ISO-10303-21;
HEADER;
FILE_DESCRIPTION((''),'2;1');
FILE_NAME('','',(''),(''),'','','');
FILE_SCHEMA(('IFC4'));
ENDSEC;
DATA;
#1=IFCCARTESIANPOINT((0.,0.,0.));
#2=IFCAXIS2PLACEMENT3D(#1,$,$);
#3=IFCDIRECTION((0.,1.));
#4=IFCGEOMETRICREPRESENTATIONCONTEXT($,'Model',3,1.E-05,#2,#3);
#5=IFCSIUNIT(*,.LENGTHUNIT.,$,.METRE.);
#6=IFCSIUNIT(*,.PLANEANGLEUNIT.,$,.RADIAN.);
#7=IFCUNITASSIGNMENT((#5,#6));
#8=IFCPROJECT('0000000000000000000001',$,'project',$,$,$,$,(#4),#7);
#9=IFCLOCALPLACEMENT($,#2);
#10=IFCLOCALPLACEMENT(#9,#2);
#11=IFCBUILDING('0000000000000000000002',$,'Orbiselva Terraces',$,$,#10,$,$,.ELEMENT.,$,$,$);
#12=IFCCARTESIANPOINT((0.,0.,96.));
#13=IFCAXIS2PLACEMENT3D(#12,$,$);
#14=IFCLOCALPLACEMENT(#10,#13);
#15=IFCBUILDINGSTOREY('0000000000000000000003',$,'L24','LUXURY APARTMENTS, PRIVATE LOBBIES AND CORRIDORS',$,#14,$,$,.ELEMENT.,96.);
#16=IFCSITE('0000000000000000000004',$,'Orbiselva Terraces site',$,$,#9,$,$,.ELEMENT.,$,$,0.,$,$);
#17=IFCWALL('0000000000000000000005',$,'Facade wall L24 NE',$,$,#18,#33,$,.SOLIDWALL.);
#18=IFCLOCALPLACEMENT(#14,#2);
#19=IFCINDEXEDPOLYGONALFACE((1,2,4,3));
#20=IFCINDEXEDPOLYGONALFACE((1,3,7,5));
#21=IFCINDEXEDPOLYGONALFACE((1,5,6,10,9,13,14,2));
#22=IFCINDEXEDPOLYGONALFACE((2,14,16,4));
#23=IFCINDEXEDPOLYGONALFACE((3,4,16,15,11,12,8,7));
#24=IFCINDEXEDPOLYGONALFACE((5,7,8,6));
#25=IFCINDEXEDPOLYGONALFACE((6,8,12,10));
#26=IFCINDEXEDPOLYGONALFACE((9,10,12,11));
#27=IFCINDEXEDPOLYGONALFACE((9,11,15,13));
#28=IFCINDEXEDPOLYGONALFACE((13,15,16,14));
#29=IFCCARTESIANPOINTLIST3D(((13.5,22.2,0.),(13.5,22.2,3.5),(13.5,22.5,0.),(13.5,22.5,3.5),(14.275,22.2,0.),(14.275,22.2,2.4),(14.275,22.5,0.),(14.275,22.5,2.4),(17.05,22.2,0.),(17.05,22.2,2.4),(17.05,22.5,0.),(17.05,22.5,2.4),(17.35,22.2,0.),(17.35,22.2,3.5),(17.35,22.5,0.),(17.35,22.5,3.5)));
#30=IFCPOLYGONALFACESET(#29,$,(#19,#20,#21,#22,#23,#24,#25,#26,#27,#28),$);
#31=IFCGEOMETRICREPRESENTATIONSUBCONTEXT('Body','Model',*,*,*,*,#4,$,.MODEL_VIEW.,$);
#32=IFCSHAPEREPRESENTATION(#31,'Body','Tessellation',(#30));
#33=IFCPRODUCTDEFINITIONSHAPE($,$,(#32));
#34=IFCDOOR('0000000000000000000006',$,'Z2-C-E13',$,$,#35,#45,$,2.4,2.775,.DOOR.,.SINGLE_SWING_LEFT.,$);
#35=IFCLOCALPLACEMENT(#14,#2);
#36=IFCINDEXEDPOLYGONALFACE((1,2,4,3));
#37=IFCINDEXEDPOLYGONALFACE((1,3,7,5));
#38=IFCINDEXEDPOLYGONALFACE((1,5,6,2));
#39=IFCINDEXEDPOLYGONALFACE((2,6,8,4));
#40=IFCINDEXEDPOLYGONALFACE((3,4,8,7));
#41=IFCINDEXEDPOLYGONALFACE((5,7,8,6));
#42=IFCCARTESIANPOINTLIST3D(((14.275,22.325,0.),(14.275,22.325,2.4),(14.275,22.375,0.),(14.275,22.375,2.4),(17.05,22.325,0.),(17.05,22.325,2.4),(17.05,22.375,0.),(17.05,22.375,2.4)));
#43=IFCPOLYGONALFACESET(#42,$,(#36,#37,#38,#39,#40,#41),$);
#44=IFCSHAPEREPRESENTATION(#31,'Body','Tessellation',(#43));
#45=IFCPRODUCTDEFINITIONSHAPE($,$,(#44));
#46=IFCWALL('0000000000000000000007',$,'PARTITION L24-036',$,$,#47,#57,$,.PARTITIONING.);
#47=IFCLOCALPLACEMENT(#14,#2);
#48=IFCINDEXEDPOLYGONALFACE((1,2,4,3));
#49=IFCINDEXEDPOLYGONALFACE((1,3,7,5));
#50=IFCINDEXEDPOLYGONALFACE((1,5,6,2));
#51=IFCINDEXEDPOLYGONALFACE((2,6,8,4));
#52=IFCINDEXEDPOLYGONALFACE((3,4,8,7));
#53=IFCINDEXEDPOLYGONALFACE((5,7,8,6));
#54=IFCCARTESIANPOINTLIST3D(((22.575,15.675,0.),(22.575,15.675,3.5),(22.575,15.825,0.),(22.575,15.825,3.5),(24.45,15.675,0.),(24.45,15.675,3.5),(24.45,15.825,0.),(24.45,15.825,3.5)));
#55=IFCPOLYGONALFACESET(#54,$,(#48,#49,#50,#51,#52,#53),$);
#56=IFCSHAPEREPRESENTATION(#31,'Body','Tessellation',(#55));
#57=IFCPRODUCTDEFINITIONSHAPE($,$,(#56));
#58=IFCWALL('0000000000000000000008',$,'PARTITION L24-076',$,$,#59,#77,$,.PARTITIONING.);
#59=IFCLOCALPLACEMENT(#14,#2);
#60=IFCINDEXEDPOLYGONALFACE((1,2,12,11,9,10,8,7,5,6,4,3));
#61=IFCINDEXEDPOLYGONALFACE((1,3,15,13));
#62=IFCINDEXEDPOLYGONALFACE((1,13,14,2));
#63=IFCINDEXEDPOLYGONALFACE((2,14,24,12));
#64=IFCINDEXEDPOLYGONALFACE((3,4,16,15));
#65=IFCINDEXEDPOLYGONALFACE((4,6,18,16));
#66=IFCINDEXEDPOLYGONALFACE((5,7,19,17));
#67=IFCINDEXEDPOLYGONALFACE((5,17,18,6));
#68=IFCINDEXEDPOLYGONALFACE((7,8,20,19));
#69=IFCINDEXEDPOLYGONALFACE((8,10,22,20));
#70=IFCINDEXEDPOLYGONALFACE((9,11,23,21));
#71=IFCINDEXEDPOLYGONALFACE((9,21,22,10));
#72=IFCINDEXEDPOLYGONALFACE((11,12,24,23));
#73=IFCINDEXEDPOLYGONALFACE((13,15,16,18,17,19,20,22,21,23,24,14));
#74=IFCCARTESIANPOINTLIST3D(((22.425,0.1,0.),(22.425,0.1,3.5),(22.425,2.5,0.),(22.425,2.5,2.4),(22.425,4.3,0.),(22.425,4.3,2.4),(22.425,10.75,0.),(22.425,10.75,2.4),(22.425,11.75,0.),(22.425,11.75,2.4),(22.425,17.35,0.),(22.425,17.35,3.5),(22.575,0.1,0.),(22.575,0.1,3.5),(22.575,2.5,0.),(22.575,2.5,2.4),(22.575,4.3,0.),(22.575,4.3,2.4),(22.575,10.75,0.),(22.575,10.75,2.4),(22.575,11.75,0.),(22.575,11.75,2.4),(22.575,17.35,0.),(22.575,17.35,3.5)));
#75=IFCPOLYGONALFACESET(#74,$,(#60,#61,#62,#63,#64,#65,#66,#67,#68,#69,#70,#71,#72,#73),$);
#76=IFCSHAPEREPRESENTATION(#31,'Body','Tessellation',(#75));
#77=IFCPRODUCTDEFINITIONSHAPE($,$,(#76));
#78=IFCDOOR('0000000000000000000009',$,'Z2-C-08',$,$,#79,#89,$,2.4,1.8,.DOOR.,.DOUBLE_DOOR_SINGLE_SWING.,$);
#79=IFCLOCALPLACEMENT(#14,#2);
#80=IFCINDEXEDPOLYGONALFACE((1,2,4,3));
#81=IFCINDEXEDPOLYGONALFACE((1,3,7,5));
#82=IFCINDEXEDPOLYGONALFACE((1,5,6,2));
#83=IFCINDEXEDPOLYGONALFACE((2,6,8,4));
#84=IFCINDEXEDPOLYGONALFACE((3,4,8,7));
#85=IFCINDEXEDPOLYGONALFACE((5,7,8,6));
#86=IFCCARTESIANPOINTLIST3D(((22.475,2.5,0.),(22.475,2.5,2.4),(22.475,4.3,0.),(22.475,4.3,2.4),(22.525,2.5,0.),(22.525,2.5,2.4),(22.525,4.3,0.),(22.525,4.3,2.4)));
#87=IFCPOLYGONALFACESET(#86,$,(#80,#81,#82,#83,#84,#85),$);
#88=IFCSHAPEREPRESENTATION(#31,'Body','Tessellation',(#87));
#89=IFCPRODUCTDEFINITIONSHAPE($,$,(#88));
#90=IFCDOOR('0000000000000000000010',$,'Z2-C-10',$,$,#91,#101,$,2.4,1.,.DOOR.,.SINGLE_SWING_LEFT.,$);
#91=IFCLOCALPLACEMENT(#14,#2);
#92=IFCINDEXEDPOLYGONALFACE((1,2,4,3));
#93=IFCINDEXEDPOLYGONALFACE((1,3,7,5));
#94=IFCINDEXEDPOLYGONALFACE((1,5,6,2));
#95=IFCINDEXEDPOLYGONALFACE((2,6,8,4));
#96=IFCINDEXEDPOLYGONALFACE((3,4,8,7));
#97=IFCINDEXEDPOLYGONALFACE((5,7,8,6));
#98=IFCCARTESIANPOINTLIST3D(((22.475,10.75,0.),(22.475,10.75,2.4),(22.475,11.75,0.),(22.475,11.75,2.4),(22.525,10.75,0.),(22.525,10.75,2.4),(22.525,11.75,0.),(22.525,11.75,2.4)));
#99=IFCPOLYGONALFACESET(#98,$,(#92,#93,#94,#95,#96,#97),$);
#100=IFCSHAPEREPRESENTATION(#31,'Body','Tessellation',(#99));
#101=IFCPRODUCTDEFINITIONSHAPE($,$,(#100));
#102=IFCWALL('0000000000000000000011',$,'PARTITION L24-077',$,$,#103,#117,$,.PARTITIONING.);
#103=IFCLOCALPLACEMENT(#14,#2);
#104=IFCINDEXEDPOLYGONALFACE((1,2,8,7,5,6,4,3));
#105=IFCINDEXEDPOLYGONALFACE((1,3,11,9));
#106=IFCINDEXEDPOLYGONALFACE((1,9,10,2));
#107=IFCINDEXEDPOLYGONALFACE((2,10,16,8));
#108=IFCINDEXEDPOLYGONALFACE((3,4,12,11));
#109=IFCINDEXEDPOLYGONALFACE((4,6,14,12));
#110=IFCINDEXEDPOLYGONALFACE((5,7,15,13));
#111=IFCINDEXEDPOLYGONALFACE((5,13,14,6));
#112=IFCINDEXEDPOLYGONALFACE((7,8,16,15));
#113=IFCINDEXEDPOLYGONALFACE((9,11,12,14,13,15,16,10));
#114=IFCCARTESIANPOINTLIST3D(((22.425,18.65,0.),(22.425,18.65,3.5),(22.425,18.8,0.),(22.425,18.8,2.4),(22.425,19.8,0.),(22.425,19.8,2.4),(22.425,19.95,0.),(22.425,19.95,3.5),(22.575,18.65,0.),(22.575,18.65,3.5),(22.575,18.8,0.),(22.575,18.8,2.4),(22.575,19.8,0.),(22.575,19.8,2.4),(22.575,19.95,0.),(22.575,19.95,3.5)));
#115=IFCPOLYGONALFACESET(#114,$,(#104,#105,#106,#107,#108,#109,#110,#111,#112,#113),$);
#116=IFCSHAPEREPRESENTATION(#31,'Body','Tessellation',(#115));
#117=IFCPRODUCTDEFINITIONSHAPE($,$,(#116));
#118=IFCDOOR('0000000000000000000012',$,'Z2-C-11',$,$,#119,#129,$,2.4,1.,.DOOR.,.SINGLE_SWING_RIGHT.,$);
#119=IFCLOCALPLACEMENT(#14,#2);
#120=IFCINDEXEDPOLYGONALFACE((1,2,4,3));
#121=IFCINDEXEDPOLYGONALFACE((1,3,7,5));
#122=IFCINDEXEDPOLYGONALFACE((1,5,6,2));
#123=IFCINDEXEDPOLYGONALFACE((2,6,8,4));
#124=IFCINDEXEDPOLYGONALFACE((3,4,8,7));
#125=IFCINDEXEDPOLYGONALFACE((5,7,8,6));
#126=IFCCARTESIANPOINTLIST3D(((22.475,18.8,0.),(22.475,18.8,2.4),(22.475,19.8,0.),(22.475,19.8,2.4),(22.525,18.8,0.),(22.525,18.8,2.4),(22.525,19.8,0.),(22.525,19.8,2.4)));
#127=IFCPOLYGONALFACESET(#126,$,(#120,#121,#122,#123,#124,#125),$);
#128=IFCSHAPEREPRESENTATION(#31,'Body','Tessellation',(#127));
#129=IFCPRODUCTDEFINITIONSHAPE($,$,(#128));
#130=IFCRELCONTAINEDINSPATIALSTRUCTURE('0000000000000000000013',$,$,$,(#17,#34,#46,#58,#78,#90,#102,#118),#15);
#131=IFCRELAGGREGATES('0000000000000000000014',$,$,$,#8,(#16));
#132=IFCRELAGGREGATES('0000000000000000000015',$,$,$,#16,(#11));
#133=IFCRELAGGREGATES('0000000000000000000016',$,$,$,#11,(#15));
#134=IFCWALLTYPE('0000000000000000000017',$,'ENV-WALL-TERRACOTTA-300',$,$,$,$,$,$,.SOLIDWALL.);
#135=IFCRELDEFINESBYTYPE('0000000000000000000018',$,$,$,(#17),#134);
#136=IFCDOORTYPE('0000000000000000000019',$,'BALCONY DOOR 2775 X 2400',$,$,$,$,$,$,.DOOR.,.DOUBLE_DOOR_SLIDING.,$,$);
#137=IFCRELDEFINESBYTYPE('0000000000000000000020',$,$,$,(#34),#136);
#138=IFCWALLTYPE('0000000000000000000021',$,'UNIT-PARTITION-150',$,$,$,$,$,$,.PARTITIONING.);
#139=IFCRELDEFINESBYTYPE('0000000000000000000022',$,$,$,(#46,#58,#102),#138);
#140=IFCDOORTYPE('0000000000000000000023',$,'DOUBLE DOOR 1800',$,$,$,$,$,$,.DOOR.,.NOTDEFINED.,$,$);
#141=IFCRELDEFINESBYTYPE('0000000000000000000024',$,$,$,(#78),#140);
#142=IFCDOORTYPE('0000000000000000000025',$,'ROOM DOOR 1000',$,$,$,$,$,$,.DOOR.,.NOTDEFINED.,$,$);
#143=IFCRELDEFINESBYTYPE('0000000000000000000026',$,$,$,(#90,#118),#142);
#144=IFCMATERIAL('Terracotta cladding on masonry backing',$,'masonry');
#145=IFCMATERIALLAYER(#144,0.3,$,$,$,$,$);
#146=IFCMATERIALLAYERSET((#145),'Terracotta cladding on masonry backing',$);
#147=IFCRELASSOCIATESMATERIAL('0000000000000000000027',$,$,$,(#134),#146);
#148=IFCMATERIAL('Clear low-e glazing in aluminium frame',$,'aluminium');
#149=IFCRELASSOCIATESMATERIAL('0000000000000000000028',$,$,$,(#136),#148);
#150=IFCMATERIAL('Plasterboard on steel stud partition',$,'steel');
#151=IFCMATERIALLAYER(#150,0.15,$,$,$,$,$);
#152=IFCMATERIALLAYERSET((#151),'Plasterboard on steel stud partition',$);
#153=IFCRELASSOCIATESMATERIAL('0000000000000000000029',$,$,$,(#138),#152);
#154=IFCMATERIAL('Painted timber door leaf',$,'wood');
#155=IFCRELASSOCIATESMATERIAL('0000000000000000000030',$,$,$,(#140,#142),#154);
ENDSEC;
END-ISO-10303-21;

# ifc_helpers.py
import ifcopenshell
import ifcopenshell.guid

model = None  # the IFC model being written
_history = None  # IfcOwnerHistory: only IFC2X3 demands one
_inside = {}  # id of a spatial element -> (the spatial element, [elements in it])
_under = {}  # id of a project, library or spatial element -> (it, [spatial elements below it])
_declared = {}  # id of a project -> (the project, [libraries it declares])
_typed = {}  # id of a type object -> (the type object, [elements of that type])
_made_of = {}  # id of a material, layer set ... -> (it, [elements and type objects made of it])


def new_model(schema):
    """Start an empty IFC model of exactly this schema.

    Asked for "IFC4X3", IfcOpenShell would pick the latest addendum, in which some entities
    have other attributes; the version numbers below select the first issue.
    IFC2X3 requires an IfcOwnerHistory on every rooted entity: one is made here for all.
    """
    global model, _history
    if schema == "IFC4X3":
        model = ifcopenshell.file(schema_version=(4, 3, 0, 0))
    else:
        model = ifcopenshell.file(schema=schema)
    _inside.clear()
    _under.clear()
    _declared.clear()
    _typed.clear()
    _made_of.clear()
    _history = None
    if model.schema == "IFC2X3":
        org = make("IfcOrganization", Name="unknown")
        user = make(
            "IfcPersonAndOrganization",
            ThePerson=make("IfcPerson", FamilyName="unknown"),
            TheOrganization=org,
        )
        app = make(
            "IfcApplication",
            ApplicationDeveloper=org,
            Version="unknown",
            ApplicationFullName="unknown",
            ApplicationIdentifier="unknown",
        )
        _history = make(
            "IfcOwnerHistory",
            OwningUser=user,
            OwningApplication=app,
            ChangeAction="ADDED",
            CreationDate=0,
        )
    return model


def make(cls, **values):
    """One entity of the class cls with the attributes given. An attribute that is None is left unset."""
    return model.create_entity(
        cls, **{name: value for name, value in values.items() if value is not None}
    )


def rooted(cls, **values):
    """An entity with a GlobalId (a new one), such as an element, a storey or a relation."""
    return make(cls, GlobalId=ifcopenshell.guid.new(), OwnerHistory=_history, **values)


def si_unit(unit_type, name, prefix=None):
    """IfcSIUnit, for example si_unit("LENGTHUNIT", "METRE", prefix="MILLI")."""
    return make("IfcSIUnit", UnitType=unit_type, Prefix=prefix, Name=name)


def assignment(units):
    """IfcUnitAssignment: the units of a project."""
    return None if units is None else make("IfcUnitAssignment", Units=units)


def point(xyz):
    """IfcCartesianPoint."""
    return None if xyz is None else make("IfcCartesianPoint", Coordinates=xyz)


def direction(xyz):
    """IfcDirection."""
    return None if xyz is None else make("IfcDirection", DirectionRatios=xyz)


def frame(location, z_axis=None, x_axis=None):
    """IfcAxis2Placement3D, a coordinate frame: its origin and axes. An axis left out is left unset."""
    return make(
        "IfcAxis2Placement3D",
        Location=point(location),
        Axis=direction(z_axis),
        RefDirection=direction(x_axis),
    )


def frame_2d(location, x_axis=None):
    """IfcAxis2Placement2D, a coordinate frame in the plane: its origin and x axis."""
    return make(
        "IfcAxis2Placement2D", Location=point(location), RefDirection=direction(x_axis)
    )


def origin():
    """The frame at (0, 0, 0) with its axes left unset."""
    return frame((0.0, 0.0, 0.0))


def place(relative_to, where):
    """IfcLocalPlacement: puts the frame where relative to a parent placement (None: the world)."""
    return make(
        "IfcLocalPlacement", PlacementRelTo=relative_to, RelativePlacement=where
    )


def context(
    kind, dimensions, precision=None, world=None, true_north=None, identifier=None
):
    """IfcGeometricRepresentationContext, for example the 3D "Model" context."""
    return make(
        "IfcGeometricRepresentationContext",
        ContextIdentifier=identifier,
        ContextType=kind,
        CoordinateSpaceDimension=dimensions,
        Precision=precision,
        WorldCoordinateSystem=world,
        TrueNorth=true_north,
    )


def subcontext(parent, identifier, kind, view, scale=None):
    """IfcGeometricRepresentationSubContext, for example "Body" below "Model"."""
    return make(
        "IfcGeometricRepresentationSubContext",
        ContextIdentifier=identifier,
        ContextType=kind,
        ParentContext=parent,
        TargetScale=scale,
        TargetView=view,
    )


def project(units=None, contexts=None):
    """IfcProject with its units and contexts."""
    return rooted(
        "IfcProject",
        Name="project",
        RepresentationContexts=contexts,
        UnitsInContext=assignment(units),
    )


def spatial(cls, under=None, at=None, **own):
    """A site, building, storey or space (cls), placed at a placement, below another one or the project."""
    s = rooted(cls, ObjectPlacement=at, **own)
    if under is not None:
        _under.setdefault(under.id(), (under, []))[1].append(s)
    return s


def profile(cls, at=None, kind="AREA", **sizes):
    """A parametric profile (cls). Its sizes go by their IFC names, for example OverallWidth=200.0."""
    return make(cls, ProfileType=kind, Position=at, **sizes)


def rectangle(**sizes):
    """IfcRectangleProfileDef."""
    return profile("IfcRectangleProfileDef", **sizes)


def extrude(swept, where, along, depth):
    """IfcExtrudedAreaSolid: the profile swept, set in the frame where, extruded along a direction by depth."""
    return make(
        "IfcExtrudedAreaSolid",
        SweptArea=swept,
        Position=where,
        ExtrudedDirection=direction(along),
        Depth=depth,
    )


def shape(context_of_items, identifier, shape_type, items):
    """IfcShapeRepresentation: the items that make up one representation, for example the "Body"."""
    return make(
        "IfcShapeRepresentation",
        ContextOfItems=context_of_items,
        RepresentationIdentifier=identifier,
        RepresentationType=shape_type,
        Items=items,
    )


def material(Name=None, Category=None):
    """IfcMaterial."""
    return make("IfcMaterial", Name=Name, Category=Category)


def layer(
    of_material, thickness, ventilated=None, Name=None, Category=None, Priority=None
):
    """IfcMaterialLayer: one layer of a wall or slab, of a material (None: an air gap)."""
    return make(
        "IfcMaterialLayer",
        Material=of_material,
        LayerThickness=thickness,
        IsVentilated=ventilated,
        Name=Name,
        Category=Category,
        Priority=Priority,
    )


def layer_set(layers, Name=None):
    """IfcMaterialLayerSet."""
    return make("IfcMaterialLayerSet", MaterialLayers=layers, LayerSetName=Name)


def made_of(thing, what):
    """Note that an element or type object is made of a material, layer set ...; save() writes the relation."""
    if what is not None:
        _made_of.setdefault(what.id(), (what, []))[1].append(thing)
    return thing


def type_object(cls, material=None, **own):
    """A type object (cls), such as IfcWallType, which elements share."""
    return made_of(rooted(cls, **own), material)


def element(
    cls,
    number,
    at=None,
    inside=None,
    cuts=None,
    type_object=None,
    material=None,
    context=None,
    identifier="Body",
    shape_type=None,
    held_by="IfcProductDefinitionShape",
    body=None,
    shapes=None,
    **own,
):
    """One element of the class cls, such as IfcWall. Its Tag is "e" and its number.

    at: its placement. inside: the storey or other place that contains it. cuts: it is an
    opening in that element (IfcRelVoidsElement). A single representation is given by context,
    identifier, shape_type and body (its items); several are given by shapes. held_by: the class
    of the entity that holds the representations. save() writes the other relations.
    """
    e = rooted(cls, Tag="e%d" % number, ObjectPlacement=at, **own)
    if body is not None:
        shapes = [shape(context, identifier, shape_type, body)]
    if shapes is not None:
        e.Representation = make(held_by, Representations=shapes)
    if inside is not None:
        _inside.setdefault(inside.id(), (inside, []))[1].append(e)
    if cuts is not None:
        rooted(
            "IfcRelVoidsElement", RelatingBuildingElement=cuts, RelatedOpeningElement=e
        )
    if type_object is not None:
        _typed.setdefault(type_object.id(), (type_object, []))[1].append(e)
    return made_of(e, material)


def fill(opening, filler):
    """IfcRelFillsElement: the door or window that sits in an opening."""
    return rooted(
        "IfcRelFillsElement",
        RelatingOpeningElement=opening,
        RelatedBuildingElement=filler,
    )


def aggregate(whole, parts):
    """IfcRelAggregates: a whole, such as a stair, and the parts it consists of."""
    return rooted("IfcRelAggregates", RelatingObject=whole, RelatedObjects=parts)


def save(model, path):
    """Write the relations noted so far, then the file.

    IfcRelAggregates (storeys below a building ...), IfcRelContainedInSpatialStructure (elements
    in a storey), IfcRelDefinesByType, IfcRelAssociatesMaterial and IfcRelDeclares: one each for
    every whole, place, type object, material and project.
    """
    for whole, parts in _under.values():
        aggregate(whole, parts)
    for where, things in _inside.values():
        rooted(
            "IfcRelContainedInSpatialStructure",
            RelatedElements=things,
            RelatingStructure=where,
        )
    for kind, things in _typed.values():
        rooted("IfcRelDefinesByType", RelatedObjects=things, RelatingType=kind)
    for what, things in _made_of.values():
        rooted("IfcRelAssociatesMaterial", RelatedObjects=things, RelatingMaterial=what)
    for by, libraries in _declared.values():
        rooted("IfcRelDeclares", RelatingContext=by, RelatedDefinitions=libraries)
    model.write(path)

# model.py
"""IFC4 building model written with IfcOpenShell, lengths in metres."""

from ifc_helpers import new_model, si_unit, direction, frame, frame_2d, origin, place, context, subcontext, project, spatial, rectangle, extrude, material, layer, layer_set, type_object, element, fill, save


model = new_model("IFC4")

# Units and contexts
model_context = context("Model", 3, precision=1e-05, world=origin(), true_north=direction((0.0, 1.0)))
body_context = subcontext(model_context, "Body", "Model", "MODEL_VIEW")
ifc_project = project(units=[si_unit("LENGTHUNIT", "METRE"), si_unit("PLANEANGLEUNIT", "RADIAN")], contexts=[model_context])

# Site, building, storey
site_placement = place(None, origin())
site = spatial("IfcSite", under=ifc_project, at=site_placement, Name="Orbiselva Terraces site", CompositionType="ELEMENT", RefElevation=0.0)
building_placement = place(site_placement, origin())
building = spatial("IfcBuilding", under=site, at=building_placement, Name="Orbiselva Terraces", CompositionType="ELEMENT")
storey_placement = place(building_placement, frame((0.0, 0.0, 96.0)))
storey = spatial("IfcBuildingStorey", under=building, at=storey_placement, Name="L24", Description="LUXURY APARTMENTS, PRIVATE LOBBIES AND CORRIDORS", CompositionType="ELEMENT", Elevation=96.0)

# Shared definitions
ifc_material_1 = material(Name="Terracotta cladding on masonry backing", Category="masonry")
ifc_layer_1 = layer(ifc_material_1, 0.3)
ifc_layer_set_1 = layer_set([ifc_layer_1], Name="Terracotta cladding on masonry backing")
wall_type_1 = type_object("IfcWallType", Name="ENV-WALL-TERRACOTTA-300", PredefinedType="SOLIDWALL", material=ifc_layer_set_1)
ifc_material_2 = material(Name="Clear low-e glazing in aluminium frame", Category="aluminium")

# Wall, opening, door
wall_1_placement = place(storey_placement, frame((13.5, 22.35, 0.0), z_axis=(0.0, 0.0, 1.0), x_axis=(1.0, 0.0, 0.0)))
wall_1 = element("IfcWall", 1, at=wall_1_placement, inside=storey, type_object=wall_type_1, Name="Facade wall L24 NE", PredefinedType="SOLIDWALL", context=body_context, shape_type="SweptSolid", body=[
    extrude(rectangle(XDim=3.85, YDim=0.3, at=frame_2d((1.925, 0.0))), origin(), (0.0, 0.0, 1.0), 3.5),
])
opening_1_placement = place(wall_1_placement, frame((0.775, 0.0, 0.0)))
opening_1 = element("IfcOpeningElement", 2, at=opening_1_placement, cuts=wall_1, PredefinedType="OPENING", context=body_context, shape_type="SweptSolid", body=[
    extrude(rectangle(XDim=2.775, YDim=2.4, at=frame_2d((1.3875, 1.2))), frame((0.0, 0.16, 0.0), z_axis=(0.0, -1.0, 0.0), x_axis=(1.0, 0.0, 0.0)), (0.0, 0.0, 1.0), 0.32),
])
door_type_1 = type_object("IfcDoorType", Name="BALCONY DOOR 2775 X 2400", OperationType="DOUBLE_DOOR_SLIDING", PredefinedType="DOOR", material=ifc_material_2)
door_1_placement = place(opening_1_placement, origin())
door_1 = element("IfcDoor", 3, at=door_1_placement, inside=storey, type_object=door_type_1, Name="Z2-C-E13", OperationType="SINGLE_SWING_LEFT", OverallHeight=2.4, OverallWidth=2.775, PredefinedType="DOOR", context=body_context, shape_type="SweptSolid", body=[
    extrude(rectangle(XDim=2.775, YDim=2.4, at=frame_2d((1.3875, 1.2))), frame((0.0, 0.025, 0.0), z_axis=(0.0, -1.0, 0.0), x_axis=(1.0, 0.0, 0.0)), (0.0, 0.0, 1.0), 0.05),
])
fill(opening_1, door_1)

# Wall
ifc_material_3 = material(Name="Plasterboard on steel stud partition", Category="steel")
ifc_layer_2 = layer(ifc_material_3, 0.15)
ifc_layer_set_2 = layer_set([ifc_layer_2], Name="Plasterboard on steel stud partition")
wall_type_2 = type_object("IfcWallType", Name="UNIT-PARTITION-150", PredefinedType="PARTITIONING", material=ifc_layer_set_2)
wall_2_placement = place(storey_placement, frame((22.575, 15.75, 0.0), z_axis=(0.0, 0.0, 1.0), x_axis=(1.0, 0.0, 0.0)))
element("IfcWall", 4, at=wall_2_placement, inside=storey, type_object=wall_type_2, Name="PARTITION L24-036", PredefinedType="PARTITIONING", context=body_context, shape_type="SweptSolid", body=[
    extrude(rectangle(XDim=1.875, YDim=0.15, at=frame_2d((0.9375, 0.0))), origin(), (0.0, 0.0, 1.0), 3.5),
])

# Wall, openings, doors
wall_3_placement = place(storey_placement, frame((22.5, 17.35, 0.0), z_axis=(0.0, 0.0, 1.0), x_axis=(0.0, -1.0, 0.0)))
wall_3 = element("IfcWall", 5, at=wall_3_placement, inside=storey, type_object=wall_type_2, Name="PARTITION L24-076", PredefinedType="PARTITIONING", context=body_context, shape_type="SweptSolid", body=[
    extrude(rectangle(XDim=17.25, YDim=0.15, at=frame_2d((8.625, 0.0))), origin(), (0.0, 0.0, 1.0), 3.5),
])
opening_2_placement = place(wall_3_placement, frame((13.05, 0.0, 0.0)))
opening_2 = element("IfcOpeningElement", 6, at=opening_2_placement, cuts=wall_3, PredefinedType="OPENING", context=body_context, shape_type="SweptSolid", body=[
    extrude(rectangle(XDim=1.8, YDim=2.4, at=frame_2d((0.9, 1.2))), frame((0.0, 0.085, 0.0), z_axis=(0.0, -1.0, 0.0), x_axis=(1.0, 0.0, 0.0)), (0.0, 0.0, 1.0), 0.17),
])
opening_3_placement = place(wall_3_placement, frame((5.6, 0.0, 0.0)))
opening_3 = element("IfcOpeningElement", 7, at=opening_3_placement, cuts=wall_3, PredefinedType="OPENING", context=body_context, shape_type="SweptSolid", body=[
    extrude(rectangle(XDim=1.0, YDim=2.4, at=frame_2d((0.5, 1.2))), frame((0.0, 0.085, 0.0), z_axis=(0.0, -1.0, 0.0), x_axis=(1.0, 0.0, 0.0)), (0.0, 0.0, 1.0), 0.17),
])
ifc_material_4 = material(Name="Painted timber door leaf", Category="wood")
door_type_2 = type_object("IfcDoorType", Name="DOUBLE DOOR 1800", OperationType="NOTDEFINED", PredefinedType="DOOR", material=ifc_material_4)
door_2_placement = place(opening_2_placement, origin())
door_2 = element("IfcDoor", 8, at=door_2_placement, inside=storey, type_object=door_type_2, Name="Z2-C-08", OperationType="DOUBLE_DOOR_SINGLE_SWING", OverallHeight=2.4, OverallWidth=1.8, PredefinedType="DOOR", context=body_context, shape_type="SweptSolid", body=[
    extrude(rectangle(XDim=1.8, YDim=2.4, at=frame_2d((0.9, 1.2))), frame((0.0, 0.025, 0.0), z_axis=(0.0, -1.0, 0.0), x_axis=(1.0, 0.0, 0.0)), (0.0, 0.0, 1.0), 0.05),
])
fill(opening_2, door_2)
door_type_3 = type_object("IfcDoorType", Name="ROOM DOOR 1000", OperationType="NOTDEFINED", PredefinedType="DOOR", material=ifc_material_4)
door_3_placement = place(opening_3_placement, origin())
door_3 = element("IfcDoor", 9, at=door_3_placement, inside=storey, type_object=door_type_3, Name="Z2-C-10", OperationType="SINGLE_SWING_LEFT", OverallHeight=2.4, OverallWidth=1.0, PredefinedType="DOOR", context=body_context, shape_type="SweptSolid", body=[
    extrude(rectangle(XDim=1.0, YDim=2.4, at=frame_2d((0.5, 1.2))), frame((0.0, 0.025, 0.0), z_axis=(0.0, -1.0, 0.0), x_axis=(1.0, 0.0, 0.0)), (0.0, 0.0, 1.0), 0.05),
])
fill(opening_3, door_3)

# Wall, opening, door
wall_4_placement = place(storey_placement, frame((22.5, 19.95, 0.0), z_axis=(0.0, 0.0, 1.0), x_axis=(0.0, -1.0, 0.0)))
wall_4 = element("IfcWall", 10, at=wall_4_placement, inside=storey, type_object=wall_type_2, Name="PARTITION L24-077", PredefinedType="PARTITIONING", context=body_context, shape_type="SweptSolid", body=[
    extrude(rectangle(XDim=1.3, YDim=0.15, at=frame_2d((0.65, 0.0))), origin(), (0.0, 0.0, 1.0), 3.5),
])
opening_4_placement = place(wall_4_placement, frame((0.15, 0.0, 0.0)))
opening_4 = element("IfcOpeningElement", 11, at=opening_4_placement, cuts=wall_4, PredefinedType="OPENING", context=body_context, shape_type="SweptSolid", body=[
    extrude(rectangle(XDim=1.0, YDim=2.4, at=frame_2d((0.5, 1.2))), frame((0.0, 0.085, 0.0), z_axis=(0.0, -1.0, 0.0), x_axis=(1.0, 0.0, 0.0)), (0.0, 0.0, 1.0), 0.17),
])
door_4_placement = place(opening_4_placement, origin())
door_4 = element("IfcDoor", 12, at=door_4_placement, inside=storey, type_object=door_type_3, Name="Z2-C-11", OperationType="SINGLE_SWING_RIGHT", OverallHeight=2.4, OverallWidth=1.0, PredefinedType="DOOR", context=body_context, shape_type="SweptSolid", body=[
    extrude(rectangle(XDim=1.0, YDim=2.4, at=frame_2d((0.5, 1.2))), frame((0.0, 0.025, 0.0), z_axis=(0.0, -1.0, 0.0), x_axis=(1.0, 0.0, 0.0)), (0.0, 0.0, 1.0), 0.05),
])
fill(opening_4, door_4)

save(model, "model.ifc")
